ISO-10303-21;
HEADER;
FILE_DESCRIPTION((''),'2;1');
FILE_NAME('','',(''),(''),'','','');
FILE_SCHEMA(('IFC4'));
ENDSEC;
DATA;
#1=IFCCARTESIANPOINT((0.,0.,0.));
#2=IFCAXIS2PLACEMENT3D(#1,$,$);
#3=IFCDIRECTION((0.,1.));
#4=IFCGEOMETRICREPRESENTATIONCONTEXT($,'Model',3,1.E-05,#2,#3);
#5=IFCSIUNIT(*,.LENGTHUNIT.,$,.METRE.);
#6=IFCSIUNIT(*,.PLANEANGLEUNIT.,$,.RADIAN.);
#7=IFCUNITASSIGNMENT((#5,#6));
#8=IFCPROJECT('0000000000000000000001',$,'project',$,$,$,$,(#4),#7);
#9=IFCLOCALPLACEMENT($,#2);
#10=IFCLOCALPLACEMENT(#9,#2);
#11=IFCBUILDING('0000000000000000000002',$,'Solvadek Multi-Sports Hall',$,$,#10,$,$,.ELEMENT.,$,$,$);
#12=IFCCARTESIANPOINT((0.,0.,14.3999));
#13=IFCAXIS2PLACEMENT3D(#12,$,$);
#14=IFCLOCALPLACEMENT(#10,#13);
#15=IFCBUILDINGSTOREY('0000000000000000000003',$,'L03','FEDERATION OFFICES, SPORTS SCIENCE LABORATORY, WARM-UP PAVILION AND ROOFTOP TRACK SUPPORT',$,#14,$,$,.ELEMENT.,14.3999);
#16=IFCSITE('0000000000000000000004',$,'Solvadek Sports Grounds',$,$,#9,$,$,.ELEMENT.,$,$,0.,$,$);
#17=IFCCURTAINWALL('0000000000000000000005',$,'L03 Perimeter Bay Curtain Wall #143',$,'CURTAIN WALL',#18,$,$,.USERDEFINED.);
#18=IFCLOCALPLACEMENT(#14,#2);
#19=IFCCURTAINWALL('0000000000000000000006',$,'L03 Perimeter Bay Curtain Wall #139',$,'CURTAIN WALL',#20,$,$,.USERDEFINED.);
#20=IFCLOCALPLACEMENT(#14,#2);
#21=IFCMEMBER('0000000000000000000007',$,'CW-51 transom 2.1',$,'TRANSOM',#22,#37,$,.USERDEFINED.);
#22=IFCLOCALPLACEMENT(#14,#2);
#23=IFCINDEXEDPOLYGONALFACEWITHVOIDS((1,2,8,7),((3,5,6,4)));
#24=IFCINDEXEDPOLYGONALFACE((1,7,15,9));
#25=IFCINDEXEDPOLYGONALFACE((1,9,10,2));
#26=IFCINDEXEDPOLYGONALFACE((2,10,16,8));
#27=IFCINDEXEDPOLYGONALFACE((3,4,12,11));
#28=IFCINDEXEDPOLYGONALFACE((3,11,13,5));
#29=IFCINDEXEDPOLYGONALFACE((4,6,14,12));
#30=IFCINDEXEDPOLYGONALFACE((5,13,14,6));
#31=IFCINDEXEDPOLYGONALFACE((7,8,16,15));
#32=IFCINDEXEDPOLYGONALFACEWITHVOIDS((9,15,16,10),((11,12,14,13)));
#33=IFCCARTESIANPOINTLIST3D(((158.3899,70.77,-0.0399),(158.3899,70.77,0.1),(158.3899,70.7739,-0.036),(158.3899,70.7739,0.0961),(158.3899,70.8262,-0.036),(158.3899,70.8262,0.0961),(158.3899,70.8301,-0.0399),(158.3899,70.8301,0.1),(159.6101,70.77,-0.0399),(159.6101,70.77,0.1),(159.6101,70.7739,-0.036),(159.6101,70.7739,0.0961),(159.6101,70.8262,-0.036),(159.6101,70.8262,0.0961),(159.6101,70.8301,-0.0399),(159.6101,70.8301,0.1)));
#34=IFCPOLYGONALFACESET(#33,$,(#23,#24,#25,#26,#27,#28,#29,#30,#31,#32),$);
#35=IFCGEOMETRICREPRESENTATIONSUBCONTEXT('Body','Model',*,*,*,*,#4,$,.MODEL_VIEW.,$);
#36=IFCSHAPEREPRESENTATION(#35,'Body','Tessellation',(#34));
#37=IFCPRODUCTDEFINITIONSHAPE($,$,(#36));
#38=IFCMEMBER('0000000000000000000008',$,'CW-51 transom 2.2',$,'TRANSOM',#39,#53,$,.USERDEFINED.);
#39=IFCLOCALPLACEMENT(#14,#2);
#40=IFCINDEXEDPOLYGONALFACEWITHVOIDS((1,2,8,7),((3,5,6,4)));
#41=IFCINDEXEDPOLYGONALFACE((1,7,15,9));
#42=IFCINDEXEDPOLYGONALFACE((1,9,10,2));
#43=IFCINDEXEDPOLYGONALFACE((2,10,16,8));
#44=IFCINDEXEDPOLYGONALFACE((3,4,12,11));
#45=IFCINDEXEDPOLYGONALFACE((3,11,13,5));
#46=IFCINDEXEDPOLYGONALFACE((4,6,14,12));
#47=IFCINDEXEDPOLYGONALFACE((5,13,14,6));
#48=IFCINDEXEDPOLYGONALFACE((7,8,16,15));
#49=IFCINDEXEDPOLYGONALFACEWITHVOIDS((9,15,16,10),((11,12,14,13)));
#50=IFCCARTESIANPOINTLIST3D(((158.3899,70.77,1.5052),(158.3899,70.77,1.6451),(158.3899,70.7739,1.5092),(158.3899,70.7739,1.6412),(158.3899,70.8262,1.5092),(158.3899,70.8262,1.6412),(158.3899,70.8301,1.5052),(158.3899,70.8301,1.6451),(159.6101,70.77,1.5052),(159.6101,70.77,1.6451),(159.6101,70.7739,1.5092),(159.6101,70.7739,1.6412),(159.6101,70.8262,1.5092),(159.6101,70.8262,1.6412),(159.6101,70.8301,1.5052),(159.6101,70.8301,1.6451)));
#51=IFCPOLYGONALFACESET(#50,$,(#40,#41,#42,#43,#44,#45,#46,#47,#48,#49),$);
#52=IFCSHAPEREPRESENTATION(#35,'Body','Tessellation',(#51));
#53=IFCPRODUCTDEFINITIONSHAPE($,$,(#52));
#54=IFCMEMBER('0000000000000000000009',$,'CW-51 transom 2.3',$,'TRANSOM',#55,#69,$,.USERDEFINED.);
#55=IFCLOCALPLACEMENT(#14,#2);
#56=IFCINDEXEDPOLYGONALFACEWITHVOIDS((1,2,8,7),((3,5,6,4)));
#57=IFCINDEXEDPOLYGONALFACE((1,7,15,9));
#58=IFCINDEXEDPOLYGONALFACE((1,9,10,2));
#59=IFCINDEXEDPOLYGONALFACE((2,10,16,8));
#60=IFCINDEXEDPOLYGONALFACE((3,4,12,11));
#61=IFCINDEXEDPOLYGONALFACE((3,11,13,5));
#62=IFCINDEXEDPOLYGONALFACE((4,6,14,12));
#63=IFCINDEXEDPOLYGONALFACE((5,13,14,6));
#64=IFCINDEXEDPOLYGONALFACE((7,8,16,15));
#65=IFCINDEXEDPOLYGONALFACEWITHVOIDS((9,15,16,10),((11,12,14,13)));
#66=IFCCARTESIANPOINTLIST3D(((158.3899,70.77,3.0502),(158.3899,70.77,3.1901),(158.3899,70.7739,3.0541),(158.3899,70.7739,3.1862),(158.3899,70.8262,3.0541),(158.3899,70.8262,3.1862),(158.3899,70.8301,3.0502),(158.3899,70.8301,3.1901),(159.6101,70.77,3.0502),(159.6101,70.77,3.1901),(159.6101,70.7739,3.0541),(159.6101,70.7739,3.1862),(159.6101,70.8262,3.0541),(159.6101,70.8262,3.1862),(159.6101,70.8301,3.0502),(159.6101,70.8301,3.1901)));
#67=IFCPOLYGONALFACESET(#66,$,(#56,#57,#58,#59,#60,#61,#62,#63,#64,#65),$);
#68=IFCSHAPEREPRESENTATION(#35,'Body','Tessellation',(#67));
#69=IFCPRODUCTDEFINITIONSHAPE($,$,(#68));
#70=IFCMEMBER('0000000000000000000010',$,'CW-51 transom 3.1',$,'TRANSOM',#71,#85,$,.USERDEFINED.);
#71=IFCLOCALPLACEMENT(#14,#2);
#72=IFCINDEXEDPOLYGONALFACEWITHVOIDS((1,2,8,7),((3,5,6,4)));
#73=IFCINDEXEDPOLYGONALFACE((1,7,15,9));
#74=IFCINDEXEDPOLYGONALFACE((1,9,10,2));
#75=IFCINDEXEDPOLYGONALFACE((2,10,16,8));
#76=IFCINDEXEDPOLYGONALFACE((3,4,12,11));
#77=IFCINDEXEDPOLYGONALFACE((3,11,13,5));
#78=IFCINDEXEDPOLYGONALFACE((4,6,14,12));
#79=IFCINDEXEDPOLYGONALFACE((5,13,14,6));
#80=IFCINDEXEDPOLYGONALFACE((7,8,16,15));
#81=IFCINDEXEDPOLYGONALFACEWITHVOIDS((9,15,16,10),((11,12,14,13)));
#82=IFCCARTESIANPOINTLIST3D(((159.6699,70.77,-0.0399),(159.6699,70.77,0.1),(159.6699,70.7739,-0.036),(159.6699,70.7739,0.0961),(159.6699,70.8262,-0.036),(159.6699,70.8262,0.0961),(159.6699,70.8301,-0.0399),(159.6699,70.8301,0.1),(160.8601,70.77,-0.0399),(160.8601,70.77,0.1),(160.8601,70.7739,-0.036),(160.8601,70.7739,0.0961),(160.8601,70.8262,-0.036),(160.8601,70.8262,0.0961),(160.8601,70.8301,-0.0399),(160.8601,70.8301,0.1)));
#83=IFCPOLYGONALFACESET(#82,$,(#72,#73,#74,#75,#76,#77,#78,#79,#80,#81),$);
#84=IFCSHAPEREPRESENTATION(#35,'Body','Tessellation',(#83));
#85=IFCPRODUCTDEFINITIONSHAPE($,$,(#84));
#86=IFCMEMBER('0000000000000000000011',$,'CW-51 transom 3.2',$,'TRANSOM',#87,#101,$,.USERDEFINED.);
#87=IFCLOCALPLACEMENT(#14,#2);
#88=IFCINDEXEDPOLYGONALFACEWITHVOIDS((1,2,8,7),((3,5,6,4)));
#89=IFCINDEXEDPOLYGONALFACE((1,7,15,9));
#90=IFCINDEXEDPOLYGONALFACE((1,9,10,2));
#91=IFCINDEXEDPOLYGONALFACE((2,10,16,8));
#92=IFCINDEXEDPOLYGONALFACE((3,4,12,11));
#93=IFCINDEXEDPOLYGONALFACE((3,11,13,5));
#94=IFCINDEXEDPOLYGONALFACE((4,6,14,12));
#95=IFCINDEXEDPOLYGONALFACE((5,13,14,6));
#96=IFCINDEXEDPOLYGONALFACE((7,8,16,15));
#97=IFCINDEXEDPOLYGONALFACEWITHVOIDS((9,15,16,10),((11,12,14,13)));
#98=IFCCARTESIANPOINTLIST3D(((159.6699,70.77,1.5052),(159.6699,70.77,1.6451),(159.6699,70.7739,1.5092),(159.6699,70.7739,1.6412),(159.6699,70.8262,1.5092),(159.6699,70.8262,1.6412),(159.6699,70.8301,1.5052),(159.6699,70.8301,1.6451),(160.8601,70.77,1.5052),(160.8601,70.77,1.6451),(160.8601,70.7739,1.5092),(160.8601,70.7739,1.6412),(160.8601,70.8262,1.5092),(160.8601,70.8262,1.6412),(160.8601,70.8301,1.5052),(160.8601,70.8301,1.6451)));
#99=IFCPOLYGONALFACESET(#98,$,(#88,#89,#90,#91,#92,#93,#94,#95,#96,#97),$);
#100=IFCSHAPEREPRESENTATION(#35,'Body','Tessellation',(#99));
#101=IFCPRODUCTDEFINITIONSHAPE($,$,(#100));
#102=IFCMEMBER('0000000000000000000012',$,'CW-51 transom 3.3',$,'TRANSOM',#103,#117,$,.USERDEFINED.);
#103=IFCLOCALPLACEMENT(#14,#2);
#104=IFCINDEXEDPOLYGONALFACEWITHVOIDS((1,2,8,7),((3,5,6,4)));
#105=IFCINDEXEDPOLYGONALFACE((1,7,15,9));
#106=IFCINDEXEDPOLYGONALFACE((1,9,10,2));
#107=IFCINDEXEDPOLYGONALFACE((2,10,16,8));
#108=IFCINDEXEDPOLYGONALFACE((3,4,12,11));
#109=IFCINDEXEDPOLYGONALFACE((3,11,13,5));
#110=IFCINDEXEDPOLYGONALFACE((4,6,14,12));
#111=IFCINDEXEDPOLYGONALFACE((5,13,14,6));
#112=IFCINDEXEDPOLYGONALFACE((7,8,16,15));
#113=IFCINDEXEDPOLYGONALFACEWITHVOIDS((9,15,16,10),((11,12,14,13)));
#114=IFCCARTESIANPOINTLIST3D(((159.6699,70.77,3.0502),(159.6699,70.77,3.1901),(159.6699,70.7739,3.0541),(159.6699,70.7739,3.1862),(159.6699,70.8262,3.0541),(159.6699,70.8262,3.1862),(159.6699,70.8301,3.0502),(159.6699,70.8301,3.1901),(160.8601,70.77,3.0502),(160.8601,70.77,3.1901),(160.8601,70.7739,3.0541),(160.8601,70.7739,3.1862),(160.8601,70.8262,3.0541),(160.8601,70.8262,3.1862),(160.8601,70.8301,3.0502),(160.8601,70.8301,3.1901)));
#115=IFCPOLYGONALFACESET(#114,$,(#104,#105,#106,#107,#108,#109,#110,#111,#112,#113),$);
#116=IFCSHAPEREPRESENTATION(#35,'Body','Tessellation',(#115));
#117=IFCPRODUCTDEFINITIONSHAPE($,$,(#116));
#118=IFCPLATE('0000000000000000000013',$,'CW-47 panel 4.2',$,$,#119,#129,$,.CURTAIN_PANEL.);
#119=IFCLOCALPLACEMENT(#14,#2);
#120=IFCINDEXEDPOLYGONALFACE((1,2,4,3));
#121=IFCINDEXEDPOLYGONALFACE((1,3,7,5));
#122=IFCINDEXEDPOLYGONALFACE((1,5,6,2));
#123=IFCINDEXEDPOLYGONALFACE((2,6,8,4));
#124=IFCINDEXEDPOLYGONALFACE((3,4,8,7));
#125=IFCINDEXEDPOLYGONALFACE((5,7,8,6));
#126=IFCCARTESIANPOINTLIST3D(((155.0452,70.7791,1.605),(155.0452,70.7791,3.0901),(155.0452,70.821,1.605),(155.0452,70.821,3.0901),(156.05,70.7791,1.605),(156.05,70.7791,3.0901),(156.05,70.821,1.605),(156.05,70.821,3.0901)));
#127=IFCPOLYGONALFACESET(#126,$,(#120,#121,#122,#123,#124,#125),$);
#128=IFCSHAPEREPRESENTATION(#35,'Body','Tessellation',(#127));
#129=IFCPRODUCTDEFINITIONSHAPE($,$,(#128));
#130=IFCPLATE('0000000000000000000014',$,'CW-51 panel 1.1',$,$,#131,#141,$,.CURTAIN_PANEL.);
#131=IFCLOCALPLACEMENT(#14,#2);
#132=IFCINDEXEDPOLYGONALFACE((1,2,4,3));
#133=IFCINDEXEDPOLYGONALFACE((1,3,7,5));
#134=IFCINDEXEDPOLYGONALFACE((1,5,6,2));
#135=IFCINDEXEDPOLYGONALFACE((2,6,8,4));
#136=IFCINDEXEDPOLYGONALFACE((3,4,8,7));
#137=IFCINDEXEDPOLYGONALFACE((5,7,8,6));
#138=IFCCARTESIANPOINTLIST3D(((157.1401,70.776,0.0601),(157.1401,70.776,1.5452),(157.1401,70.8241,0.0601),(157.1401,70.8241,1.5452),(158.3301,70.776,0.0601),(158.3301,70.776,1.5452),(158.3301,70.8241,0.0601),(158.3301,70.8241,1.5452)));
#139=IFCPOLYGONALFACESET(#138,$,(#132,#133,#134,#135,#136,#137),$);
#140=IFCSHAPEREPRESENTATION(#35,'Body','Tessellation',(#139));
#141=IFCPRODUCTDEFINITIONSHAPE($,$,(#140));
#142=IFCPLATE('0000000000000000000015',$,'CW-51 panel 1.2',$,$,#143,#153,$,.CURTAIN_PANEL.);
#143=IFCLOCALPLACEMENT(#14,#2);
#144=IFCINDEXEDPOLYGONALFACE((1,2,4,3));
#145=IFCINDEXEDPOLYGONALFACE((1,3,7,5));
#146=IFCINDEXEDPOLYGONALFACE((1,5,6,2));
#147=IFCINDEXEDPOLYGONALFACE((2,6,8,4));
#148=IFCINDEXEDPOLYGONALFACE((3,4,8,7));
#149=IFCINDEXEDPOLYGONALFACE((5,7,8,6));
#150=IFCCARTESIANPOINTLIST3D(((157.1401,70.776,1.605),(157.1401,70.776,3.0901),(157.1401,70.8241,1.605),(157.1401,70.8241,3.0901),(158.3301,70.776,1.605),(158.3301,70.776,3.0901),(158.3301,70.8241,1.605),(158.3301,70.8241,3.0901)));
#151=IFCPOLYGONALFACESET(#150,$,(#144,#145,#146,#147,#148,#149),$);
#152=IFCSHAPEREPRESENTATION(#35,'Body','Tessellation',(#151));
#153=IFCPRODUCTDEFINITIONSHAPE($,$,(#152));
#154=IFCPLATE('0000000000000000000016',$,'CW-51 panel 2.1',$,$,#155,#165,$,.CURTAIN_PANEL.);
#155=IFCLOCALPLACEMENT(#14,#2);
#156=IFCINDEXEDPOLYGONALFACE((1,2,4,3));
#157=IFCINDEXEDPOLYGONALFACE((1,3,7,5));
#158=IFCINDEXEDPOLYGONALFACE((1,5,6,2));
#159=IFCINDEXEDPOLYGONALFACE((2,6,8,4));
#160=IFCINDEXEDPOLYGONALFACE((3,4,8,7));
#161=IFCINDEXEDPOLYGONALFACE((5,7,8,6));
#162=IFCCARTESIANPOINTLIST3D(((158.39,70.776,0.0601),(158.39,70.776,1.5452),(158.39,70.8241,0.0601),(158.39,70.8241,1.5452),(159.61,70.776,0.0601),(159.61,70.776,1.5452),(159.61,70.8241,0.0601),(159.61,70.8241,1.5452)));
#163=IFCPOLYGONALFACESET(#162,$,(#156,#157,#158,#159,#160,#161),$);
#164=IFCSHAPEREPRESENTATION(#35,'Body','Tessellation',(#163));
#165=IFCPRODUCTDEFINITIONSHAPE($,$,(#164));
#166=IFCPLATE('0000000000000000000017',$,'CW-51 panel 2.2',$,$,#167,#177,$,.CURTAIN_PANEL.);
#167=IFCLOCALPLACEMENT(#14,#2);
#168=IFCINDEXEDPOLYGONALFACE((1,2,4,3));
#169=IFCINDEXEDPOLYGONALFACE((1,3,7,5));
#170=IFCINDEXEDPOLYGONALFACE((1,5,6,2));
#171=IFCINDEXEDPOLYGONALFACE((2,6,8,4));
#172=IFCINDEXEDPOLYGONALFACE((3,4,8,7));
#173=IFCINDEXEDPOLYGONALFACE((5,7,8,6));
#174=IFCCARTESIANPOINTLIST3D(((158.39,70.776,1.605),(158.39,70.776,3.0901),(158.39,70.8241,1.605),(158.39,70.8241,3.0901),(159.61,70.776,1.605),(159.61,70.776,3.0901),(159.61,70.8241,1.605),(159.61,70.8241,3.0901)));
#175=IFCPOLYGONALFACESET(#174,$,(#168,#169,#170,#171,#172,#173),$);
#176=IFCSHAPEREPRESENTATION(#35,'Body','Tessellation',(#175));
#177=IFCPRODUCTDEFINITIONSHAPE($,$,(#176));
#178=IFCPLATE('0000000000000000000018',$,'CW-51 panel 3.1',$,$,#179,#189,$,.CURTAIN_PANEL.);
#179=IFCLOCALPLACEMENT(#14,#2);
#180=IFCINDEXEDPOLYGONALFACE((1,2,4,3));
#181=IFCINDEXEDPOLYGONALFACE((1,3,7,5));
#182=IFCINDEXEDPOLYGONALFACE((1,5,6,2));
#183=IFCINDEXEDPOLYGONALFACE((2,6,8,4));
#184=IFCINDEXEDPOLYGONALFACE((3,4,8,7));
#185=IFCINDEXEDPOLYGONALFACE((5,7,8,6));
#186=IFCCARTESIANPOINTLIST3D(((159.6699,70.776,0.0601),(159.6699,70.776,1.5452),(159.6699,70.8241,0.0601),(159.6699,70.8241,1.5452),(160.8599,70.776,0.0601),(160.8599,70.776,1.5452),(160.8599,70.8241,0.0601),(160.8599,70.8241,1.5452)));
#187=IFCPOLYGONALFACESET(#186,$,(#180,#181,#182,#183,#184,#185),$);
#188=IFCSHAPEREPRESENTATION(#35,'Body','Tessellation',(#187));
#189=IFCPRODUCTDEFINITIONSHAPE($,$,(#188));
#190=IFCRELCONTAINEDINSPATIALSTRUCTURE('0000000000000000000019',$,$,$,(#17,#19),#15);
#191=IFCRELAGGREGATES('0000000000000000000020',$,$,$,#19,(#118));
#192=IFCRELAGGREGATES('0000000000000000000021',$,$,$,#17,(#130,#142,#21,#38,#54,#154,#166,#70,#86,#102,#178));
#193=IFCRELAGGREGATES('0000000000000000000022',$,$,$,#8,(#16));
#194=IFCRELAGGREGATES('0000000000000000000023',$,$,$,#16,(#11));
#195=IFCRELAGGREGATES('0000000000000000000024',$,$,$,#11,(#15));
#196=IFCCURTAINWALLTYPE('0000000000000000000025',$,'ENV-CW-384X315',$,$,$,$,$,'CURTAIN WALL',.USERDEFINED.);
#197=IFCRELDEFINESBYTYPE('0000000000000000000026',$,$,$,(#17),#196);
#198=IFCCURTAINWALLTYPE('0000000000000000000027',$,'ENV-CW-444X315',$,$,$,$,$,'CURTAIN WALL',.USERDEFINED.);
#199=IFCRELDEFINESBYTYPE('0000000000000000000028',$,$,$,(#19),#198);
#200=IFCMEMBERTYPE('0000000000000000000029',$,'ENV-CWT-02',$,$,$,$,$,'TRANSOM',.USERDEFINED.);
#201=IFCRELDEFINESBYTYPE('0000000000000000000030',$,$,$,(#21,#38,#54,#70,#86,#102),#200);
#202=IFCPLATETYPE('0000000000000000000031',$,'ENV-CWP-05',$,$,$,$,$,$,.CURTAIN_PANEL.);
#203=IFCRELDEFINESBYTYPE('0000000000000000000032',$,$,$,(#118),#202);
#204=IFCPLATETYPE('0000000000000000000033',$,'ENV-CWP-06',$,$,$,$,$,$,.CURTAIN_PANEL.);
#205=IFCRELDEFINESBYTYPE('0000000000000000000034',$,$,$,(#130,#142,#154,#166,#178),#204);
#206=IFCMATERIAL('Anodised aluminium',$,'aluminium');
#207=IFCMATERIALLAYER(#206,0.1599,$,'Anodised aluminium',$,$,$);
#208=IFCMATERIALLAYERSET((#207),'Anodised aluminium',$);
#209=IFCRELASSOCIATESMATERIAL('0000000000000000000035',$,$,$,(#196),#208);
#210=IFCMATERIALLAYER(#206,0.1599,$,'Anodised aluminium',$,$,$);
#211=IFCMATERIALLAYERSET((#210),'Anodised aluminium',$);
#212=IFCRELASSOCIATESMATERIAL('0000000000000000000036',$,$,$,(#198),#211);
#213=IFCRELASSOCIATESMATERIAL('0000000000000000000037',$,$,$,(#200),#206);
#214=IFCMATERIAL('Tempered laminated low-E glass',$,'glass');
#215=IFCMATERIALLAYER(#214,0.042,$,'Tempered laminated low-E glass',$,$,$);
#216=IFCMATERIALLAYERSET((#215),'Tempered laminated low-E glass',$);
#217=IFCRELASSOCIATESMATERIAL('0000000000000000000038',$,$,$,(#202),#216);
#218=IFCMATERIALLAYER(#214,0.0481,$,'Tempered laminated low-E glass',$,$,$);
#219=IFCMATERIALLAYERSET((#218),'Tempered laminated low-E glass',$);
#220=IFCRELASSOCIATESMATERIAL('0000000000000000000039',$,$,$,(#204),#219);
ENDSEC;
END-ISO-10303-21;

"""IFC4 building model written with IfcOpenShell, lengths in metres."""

from ifc_helpers import new_model, si_unit, direction, frame, origin, origin_2d, place, context, subcontext, project, spatial, rectangle, hollow_rectangle, extrude, material, layer, layer_set, material_profile, profile_set, type_object, element, aggregate, save


model = new_model("IFC4")

# Units and contexts
model_context = context("Model", 3, precision=1e-05, world=origin(), true_north=direction((0.0, 1.0)))
body_context = subcontext(model_context, "Body", "Model", "MODEL_VIEW")
ifc_project = project(units=[si_unit("LENGTHUNIT", "METRE"), si_unit("PLANEANGLEUNIT", "RADIAN")], contexts=[model_context])

# Site, building, storey
site_placement = place(None, origin())
site = spatial("IfcSite", under=ifc_project, at=site_placement, Name="Solvadek Sports Grounds", CompositionType="ELEMENT", RefElevation=0.0)
building_placement = place(site_placement, origin())
building = spatial("IfcBuilding", under=site, at=building_placement, Name="Solvadek Multi-Sports Hall", CompositionType="ELEMENT")
storey_placement = place(building_placement, frame((0.0, 0.0, 14.3999)))
storey = spatial("IfcBuildingStorey", under=building, at=storey_placement, Name="L03", Description="FEDERATION OFFICES, SPORTS SCIENCE LABORATORY, WARM-UP PAVILION AND ROOFTOP TRACK SUPPORT", CompositionType="ELEMENT", Elevation=14.3999)

# Curtain wall
ifc_material_1 = material(Name="Anodised aluminium", Category="aluminium")
ifc_layer_1 = layer(ifc_material_1, 0.1599, Name="Anodised aluminium")
ifc_layer_set_1 = layer_set([ifc_layer_1], Name="Anodised aluminium")
curtain_wall_type_1 = type_object("IfcCurtainWallType", Name="ENV-CW-384X315", ElementType="CURTAIN WALL", PredefinedType="USERDEFINED", material=ifc_layer_set_1)
curtain_wall_1_placement = place(storey_placement, origin())
curtain_wall_1 = element("IfcCurtainWall", 1, at=curtain_wall_1_placement, inside=storey, type_object=curtain_wall_type_1, Name="L03 Perimeter Bay Curtain Wall #143", ObjectType="CURTAIN WALL", PredefinedType="USERDEFINED")

# Curtain wall
ifc_layer_2 = layer(ifc_material_1, 0.1599, Name="Anodised aluminium")
ifc_layer_set_2 = layer_set([ifc_layer_2], Name="Anodised aluminium")
curtain_wall_type_2 = type_object("IfcCurtainWallType", Name="ENV-CW-444X315", ElementType="CURTAIN WALL", PredefinedType="USERDEFINED", material=ifc_layer_set_2)
curtain_wall_2_placement = place(storey_placement, origin())
curtain_wall_2 = element("IfcCurtainWall", 2, at=curtain_wall_2_placement, inside=storey, type_object=curtain_wall_type_2, Name="L03 Perimeter Bay Curtain Wall #139", ObjectType="CURTAIN WALL", PredefinedType="USERDEFINED")

# Members
ifc_material_profile_1 = material_profile(ifc_material_1, hollow_rectangle(XDim=0.0601, YDim=0.1399, WallThickness=0.0039, at=origin_2d()), Name="ALU-T 140x60x4")
ifc_profile_set_1 = profile_set([ifc_material_profile_1], Name="Anodised aluminium")
member_type_1 = type_object("IfcMemberType", Name="ENV-CWT-02", ElementType="TRANSOM", PredefinedType="USERDEFINED", material=ifc_profile_set_1)
member_1_placement = place(storey_placement, frame((158.3899, 70.8, 0.03), z_axis=(1.0, 0.0, 0.0), x_axis=(0.0, 1.0, 0.0)))
member_1 = element("IfcMember", 3, at=member_1_placement, type_object=member_type_1, Name="CW-51 transom 2.1", ObjectType="TRANSOM", PredefinedType="USERDEFINED", context=body_context, shape_type="SweptSolid", body=[
    extrude(hollow_rectangle(XDim=0.0601, YDim=0.1399, WallThickness=0.0039, at=origin_2d()), origin(), (0.0, 0.0, 1.0), 1.2202),
])
member_2_placement = place(storey_placement, frame((158.3899, 70.8, 1.5752), z_axis=(1.0, 0.0, 0.0), x_axis=(0.0, 1.0, 0.0)))
member_2 = element("IfcMember", 4, at=member_2_placement, type_object=member_type_1, Name="CW-51 transom 2.2", ObjectType="TRANSOM", PredefinedType="USERDEFINED", context=body_context, shape_type="SweptSolid", body=[
    extrude(hollow_rectangle(XDim=0.0601, YDim=0.1399, WallThickness=0.0039, at=origin_2d()), origin(), (0.0, 0.0, 1.0), 1.2202),
])
member_3_placement = place(storey_placement, frame((158.3899, 70.8, 3.1201), z_axis=(1.0, 0.0, 0.0), x_axis=(0.0, 1.0, 0.0)))
member_3 = element("IfcMember", 5, at=member_3_placement, type_object=member_type_1, Name="CW-51 transom 2.3", ObjectType="TRANSOM", PredefinedType="USERDEFINED", context=body_context, shape_type="SweptSolid", body=[
    extrude(hollow_rectangle(XDim=0.0601, YDim=0.1399, WallThickness=0.0039, at=origin_2d()), origin(), (0.0, 0.0, 1.0), 1.2202),
])
member_4_placement = place(storey_placement, frame((159.6699, 70.8, 0.03), z_axis=(1.0, 0.0, 0.0), x_axis=(0.0, 1.0, 0.0)))
member_4 = element("IfcMember", 6, at=member_4_placement, type_object=member_type_1, Name="CW-51 transom 3.1", ObjectType="TRANSOM", PredefinedType="USERDEFINED", context=body_context, shape_type="SweptSolid", body=[
    extrude(hollow_rectangle(XDim=0.0601, YDim=0.1399, WallThickness=0.0039, at=origin_2d()), origin(), (0.0, 0.0, 1.0), 1.1902),
])
member_5_placement = place(storey_placement, frame((159.6699, 70.8, 1.5752), z_axis=(1.0, 0.0, 0.0), x_axis=(0.0, 1.0, 0.0)))
member_5 = element("IfcMember", 7, at=member_5_placement, type_object=member_type_1, Name="CW-51 transom 3.2", ObjectType="TRANSOM", PredefinedType="USERDEFINED", context=body_context, shape_type="SweptSolid", body=[
    extrude(hollow_rectangle(XDim=0.0601, YDim=0.1399, WallThickness=0.0039, at=origin_2d()), origin(), (0.0, 0.0, 1.0), 1.1902),
])
member_6_placement = place(storey_placement, frame((159.6699, 70.8, 3.1201), z_axis=(1.0, 0.0, 0.0), x_axis=(0.0, 1.0, 0.0)))
member_6 = element("IfcMember", 8, at=member_6_placement, type_object=member_type_1, Name="CW-51 transom 3.3", ObjectType="TRANSOM", PredefinedType="USERDEFINED", context=body_context, shape_type="SweptSolid", body=[
    extrude(hollow_rectangle(XDim=0.0601, YDim=0.1399, WallThickness=0.0039, at=origin_2d()), origin(), (0.0, 0.0, 1.0), 1.1902),
])

# Plates
ifc_material_2 = material(Name="Tempered laminated low-E glass", Category="glass")
ifc_layer_3 = layer(ifc_material_2, 0.042, Name="Tempered laminated low-E glass")
ifc_layer_set_3 = layer_set([ifc_layer_3], Name="Tempered laminated low-E glass")
plate_type_1 = type_object("IfcPlateType", Name="ENV-CWP-05", PredefinedType="CURTAIN_PANEL", material=ifc_layer_set_3)
plate_1_placement = place(storey_placement, frame((155.5476, 70.8, 1.605), z_axis=(0.0, 0.0, 1.0), x_axis=(1.0, 0.0, 0.0)))
plate_1 = element("IfcPlate", 9, at=plate_1_placement, type_object=plate_type_1, Name="CW-47 panel 4.2", PredefinedType="CURTAIN_PANEL", context=body_context, shape_type="SweptSolid", body=[
    extrude(rectangle(XDim=1.0049, YDim=0.042, at=origin_2d()), origin(), (0.0, 0.0, 1.0), 1.4851),
])
aggregate(curtain_wall_2, [plate_1])
ifc_layer_4 = layer(ifc_material_2, 0.0481, Name="Tempered laminated low-E glass")
ifc_layer_set_4 = layer_set([ifc_layer_4], Name="Tempered laminated low-E glass")
plate_type_2 = type_object("IfcPlateType", Name="ENV-CWP-06", PredefinedType="CURTAIN_PANEL", material=ifc_layer_set_4)
plate_2_placement = place(storey_placement, frame((157.7351, 70.8, 0.0601), z_axis=(0.0, 0.0, 1.0), x_axis=(1.0, 0.0, 0.0)))
plate_2 = element("IfcPlate", 10, at=plate_2_placement, type_object=plate_type_2, Name="CW-51 panel 1.1", PredefinedType="CURTAIN_PANEL", context=body_context, shape_type="SweptSolid", body=[
    extrude(rectangle(XDim=1.1899, YDim=0.0481, at=origin_2d()), origin(), (0.0, 0.0, 1.0), 1.4851),
])
plate_3_placement = place(storey_placement, frame((157.7351, 70.8, 1.605), z_axis=(0.0, 0.0, 1.0), x_axis=(1.0, 0.0, 0.0)))
plate_3 = element("IfcPlate", 11, at=plate_3_placement, type_object=plate_type_2, Name="CW-51 panel 1.2", PredefinedType="CURTAIN_PANEL", context=body_context, shape_type="SweptSolid", body=[
    extrude(rectangle(XDim=1.1899, YDim=0.0481, at=origin_2d()), origin(), (0.0, 0.0, 1.0), 1.4851),
])
plate_4_placement = place(storey_placement, frame((159.0, 70.8, 0.0601), z_axis=(0.0, 0.0, 1.0), x_axis=(1.0, 0.0, 0.0)))
plate_4 = element("IfcPlate", 12, at=plate_4_placement, type_object=plate_type_2, Name="CW-51 panel 2.1", PredefinedType="CURTAIN_PANEL", context=body_context, shape_type="SweptSolid", body=[
    extrude(rectangle(XDim=1.22, YDim=0.0481, at=origin_2d()), origin(), (0.0, 0.0, 1.0), 1.4851),
])
plate_5_placement = place(storey_placement, frame((159.0, 70.8, 1.605), z_axis=(0.0, 0.0, 1.0), x_axis=(1.0, 0.0, 0.0)))
plate_5 = element("IfcPlate", 13, at=plate_5_placement, type_object=plate_type_2, Name="CW-51 panel 2.2", PredefinedType="CURTAIN_PANEL", context=body_context, shape_type="SweptSolid", body=[
    extrude(rectangle(XDim=1.22, YDim=0.0481, at=origin_2d()), origin(), (0.0, 0.0, 1.0), 1.4851),
])
plate_6_placement = place(storey_placement, frame((160.2649, 70.8, 0.0601), z_axis=(0.0, 0.0, 1.0), x_axis=(1.0, 0.0, 0.0)))
plate_6 = element("IfcPlate", 14, at=plate_6_placement, type_object=plate_type_2, Name="CW-51 panel 3.1", PredefinedType="CURTAIN_PANEL", context=body_context, shape_type="SweptSolid", body=[
    extrude(rectangle(XDim=1.1899, YDim=0.0481, at=origin_2d()), origin(), (0.0, 0.0, 1.0), 1.4851),
])
aggregate(curtain_wall_1, [plate_2, plate_3, member_1, member_2, member_3, plate_4, plate_5, member_4, member_5, member_6, plate_6])

save(model, "model.ifc")
